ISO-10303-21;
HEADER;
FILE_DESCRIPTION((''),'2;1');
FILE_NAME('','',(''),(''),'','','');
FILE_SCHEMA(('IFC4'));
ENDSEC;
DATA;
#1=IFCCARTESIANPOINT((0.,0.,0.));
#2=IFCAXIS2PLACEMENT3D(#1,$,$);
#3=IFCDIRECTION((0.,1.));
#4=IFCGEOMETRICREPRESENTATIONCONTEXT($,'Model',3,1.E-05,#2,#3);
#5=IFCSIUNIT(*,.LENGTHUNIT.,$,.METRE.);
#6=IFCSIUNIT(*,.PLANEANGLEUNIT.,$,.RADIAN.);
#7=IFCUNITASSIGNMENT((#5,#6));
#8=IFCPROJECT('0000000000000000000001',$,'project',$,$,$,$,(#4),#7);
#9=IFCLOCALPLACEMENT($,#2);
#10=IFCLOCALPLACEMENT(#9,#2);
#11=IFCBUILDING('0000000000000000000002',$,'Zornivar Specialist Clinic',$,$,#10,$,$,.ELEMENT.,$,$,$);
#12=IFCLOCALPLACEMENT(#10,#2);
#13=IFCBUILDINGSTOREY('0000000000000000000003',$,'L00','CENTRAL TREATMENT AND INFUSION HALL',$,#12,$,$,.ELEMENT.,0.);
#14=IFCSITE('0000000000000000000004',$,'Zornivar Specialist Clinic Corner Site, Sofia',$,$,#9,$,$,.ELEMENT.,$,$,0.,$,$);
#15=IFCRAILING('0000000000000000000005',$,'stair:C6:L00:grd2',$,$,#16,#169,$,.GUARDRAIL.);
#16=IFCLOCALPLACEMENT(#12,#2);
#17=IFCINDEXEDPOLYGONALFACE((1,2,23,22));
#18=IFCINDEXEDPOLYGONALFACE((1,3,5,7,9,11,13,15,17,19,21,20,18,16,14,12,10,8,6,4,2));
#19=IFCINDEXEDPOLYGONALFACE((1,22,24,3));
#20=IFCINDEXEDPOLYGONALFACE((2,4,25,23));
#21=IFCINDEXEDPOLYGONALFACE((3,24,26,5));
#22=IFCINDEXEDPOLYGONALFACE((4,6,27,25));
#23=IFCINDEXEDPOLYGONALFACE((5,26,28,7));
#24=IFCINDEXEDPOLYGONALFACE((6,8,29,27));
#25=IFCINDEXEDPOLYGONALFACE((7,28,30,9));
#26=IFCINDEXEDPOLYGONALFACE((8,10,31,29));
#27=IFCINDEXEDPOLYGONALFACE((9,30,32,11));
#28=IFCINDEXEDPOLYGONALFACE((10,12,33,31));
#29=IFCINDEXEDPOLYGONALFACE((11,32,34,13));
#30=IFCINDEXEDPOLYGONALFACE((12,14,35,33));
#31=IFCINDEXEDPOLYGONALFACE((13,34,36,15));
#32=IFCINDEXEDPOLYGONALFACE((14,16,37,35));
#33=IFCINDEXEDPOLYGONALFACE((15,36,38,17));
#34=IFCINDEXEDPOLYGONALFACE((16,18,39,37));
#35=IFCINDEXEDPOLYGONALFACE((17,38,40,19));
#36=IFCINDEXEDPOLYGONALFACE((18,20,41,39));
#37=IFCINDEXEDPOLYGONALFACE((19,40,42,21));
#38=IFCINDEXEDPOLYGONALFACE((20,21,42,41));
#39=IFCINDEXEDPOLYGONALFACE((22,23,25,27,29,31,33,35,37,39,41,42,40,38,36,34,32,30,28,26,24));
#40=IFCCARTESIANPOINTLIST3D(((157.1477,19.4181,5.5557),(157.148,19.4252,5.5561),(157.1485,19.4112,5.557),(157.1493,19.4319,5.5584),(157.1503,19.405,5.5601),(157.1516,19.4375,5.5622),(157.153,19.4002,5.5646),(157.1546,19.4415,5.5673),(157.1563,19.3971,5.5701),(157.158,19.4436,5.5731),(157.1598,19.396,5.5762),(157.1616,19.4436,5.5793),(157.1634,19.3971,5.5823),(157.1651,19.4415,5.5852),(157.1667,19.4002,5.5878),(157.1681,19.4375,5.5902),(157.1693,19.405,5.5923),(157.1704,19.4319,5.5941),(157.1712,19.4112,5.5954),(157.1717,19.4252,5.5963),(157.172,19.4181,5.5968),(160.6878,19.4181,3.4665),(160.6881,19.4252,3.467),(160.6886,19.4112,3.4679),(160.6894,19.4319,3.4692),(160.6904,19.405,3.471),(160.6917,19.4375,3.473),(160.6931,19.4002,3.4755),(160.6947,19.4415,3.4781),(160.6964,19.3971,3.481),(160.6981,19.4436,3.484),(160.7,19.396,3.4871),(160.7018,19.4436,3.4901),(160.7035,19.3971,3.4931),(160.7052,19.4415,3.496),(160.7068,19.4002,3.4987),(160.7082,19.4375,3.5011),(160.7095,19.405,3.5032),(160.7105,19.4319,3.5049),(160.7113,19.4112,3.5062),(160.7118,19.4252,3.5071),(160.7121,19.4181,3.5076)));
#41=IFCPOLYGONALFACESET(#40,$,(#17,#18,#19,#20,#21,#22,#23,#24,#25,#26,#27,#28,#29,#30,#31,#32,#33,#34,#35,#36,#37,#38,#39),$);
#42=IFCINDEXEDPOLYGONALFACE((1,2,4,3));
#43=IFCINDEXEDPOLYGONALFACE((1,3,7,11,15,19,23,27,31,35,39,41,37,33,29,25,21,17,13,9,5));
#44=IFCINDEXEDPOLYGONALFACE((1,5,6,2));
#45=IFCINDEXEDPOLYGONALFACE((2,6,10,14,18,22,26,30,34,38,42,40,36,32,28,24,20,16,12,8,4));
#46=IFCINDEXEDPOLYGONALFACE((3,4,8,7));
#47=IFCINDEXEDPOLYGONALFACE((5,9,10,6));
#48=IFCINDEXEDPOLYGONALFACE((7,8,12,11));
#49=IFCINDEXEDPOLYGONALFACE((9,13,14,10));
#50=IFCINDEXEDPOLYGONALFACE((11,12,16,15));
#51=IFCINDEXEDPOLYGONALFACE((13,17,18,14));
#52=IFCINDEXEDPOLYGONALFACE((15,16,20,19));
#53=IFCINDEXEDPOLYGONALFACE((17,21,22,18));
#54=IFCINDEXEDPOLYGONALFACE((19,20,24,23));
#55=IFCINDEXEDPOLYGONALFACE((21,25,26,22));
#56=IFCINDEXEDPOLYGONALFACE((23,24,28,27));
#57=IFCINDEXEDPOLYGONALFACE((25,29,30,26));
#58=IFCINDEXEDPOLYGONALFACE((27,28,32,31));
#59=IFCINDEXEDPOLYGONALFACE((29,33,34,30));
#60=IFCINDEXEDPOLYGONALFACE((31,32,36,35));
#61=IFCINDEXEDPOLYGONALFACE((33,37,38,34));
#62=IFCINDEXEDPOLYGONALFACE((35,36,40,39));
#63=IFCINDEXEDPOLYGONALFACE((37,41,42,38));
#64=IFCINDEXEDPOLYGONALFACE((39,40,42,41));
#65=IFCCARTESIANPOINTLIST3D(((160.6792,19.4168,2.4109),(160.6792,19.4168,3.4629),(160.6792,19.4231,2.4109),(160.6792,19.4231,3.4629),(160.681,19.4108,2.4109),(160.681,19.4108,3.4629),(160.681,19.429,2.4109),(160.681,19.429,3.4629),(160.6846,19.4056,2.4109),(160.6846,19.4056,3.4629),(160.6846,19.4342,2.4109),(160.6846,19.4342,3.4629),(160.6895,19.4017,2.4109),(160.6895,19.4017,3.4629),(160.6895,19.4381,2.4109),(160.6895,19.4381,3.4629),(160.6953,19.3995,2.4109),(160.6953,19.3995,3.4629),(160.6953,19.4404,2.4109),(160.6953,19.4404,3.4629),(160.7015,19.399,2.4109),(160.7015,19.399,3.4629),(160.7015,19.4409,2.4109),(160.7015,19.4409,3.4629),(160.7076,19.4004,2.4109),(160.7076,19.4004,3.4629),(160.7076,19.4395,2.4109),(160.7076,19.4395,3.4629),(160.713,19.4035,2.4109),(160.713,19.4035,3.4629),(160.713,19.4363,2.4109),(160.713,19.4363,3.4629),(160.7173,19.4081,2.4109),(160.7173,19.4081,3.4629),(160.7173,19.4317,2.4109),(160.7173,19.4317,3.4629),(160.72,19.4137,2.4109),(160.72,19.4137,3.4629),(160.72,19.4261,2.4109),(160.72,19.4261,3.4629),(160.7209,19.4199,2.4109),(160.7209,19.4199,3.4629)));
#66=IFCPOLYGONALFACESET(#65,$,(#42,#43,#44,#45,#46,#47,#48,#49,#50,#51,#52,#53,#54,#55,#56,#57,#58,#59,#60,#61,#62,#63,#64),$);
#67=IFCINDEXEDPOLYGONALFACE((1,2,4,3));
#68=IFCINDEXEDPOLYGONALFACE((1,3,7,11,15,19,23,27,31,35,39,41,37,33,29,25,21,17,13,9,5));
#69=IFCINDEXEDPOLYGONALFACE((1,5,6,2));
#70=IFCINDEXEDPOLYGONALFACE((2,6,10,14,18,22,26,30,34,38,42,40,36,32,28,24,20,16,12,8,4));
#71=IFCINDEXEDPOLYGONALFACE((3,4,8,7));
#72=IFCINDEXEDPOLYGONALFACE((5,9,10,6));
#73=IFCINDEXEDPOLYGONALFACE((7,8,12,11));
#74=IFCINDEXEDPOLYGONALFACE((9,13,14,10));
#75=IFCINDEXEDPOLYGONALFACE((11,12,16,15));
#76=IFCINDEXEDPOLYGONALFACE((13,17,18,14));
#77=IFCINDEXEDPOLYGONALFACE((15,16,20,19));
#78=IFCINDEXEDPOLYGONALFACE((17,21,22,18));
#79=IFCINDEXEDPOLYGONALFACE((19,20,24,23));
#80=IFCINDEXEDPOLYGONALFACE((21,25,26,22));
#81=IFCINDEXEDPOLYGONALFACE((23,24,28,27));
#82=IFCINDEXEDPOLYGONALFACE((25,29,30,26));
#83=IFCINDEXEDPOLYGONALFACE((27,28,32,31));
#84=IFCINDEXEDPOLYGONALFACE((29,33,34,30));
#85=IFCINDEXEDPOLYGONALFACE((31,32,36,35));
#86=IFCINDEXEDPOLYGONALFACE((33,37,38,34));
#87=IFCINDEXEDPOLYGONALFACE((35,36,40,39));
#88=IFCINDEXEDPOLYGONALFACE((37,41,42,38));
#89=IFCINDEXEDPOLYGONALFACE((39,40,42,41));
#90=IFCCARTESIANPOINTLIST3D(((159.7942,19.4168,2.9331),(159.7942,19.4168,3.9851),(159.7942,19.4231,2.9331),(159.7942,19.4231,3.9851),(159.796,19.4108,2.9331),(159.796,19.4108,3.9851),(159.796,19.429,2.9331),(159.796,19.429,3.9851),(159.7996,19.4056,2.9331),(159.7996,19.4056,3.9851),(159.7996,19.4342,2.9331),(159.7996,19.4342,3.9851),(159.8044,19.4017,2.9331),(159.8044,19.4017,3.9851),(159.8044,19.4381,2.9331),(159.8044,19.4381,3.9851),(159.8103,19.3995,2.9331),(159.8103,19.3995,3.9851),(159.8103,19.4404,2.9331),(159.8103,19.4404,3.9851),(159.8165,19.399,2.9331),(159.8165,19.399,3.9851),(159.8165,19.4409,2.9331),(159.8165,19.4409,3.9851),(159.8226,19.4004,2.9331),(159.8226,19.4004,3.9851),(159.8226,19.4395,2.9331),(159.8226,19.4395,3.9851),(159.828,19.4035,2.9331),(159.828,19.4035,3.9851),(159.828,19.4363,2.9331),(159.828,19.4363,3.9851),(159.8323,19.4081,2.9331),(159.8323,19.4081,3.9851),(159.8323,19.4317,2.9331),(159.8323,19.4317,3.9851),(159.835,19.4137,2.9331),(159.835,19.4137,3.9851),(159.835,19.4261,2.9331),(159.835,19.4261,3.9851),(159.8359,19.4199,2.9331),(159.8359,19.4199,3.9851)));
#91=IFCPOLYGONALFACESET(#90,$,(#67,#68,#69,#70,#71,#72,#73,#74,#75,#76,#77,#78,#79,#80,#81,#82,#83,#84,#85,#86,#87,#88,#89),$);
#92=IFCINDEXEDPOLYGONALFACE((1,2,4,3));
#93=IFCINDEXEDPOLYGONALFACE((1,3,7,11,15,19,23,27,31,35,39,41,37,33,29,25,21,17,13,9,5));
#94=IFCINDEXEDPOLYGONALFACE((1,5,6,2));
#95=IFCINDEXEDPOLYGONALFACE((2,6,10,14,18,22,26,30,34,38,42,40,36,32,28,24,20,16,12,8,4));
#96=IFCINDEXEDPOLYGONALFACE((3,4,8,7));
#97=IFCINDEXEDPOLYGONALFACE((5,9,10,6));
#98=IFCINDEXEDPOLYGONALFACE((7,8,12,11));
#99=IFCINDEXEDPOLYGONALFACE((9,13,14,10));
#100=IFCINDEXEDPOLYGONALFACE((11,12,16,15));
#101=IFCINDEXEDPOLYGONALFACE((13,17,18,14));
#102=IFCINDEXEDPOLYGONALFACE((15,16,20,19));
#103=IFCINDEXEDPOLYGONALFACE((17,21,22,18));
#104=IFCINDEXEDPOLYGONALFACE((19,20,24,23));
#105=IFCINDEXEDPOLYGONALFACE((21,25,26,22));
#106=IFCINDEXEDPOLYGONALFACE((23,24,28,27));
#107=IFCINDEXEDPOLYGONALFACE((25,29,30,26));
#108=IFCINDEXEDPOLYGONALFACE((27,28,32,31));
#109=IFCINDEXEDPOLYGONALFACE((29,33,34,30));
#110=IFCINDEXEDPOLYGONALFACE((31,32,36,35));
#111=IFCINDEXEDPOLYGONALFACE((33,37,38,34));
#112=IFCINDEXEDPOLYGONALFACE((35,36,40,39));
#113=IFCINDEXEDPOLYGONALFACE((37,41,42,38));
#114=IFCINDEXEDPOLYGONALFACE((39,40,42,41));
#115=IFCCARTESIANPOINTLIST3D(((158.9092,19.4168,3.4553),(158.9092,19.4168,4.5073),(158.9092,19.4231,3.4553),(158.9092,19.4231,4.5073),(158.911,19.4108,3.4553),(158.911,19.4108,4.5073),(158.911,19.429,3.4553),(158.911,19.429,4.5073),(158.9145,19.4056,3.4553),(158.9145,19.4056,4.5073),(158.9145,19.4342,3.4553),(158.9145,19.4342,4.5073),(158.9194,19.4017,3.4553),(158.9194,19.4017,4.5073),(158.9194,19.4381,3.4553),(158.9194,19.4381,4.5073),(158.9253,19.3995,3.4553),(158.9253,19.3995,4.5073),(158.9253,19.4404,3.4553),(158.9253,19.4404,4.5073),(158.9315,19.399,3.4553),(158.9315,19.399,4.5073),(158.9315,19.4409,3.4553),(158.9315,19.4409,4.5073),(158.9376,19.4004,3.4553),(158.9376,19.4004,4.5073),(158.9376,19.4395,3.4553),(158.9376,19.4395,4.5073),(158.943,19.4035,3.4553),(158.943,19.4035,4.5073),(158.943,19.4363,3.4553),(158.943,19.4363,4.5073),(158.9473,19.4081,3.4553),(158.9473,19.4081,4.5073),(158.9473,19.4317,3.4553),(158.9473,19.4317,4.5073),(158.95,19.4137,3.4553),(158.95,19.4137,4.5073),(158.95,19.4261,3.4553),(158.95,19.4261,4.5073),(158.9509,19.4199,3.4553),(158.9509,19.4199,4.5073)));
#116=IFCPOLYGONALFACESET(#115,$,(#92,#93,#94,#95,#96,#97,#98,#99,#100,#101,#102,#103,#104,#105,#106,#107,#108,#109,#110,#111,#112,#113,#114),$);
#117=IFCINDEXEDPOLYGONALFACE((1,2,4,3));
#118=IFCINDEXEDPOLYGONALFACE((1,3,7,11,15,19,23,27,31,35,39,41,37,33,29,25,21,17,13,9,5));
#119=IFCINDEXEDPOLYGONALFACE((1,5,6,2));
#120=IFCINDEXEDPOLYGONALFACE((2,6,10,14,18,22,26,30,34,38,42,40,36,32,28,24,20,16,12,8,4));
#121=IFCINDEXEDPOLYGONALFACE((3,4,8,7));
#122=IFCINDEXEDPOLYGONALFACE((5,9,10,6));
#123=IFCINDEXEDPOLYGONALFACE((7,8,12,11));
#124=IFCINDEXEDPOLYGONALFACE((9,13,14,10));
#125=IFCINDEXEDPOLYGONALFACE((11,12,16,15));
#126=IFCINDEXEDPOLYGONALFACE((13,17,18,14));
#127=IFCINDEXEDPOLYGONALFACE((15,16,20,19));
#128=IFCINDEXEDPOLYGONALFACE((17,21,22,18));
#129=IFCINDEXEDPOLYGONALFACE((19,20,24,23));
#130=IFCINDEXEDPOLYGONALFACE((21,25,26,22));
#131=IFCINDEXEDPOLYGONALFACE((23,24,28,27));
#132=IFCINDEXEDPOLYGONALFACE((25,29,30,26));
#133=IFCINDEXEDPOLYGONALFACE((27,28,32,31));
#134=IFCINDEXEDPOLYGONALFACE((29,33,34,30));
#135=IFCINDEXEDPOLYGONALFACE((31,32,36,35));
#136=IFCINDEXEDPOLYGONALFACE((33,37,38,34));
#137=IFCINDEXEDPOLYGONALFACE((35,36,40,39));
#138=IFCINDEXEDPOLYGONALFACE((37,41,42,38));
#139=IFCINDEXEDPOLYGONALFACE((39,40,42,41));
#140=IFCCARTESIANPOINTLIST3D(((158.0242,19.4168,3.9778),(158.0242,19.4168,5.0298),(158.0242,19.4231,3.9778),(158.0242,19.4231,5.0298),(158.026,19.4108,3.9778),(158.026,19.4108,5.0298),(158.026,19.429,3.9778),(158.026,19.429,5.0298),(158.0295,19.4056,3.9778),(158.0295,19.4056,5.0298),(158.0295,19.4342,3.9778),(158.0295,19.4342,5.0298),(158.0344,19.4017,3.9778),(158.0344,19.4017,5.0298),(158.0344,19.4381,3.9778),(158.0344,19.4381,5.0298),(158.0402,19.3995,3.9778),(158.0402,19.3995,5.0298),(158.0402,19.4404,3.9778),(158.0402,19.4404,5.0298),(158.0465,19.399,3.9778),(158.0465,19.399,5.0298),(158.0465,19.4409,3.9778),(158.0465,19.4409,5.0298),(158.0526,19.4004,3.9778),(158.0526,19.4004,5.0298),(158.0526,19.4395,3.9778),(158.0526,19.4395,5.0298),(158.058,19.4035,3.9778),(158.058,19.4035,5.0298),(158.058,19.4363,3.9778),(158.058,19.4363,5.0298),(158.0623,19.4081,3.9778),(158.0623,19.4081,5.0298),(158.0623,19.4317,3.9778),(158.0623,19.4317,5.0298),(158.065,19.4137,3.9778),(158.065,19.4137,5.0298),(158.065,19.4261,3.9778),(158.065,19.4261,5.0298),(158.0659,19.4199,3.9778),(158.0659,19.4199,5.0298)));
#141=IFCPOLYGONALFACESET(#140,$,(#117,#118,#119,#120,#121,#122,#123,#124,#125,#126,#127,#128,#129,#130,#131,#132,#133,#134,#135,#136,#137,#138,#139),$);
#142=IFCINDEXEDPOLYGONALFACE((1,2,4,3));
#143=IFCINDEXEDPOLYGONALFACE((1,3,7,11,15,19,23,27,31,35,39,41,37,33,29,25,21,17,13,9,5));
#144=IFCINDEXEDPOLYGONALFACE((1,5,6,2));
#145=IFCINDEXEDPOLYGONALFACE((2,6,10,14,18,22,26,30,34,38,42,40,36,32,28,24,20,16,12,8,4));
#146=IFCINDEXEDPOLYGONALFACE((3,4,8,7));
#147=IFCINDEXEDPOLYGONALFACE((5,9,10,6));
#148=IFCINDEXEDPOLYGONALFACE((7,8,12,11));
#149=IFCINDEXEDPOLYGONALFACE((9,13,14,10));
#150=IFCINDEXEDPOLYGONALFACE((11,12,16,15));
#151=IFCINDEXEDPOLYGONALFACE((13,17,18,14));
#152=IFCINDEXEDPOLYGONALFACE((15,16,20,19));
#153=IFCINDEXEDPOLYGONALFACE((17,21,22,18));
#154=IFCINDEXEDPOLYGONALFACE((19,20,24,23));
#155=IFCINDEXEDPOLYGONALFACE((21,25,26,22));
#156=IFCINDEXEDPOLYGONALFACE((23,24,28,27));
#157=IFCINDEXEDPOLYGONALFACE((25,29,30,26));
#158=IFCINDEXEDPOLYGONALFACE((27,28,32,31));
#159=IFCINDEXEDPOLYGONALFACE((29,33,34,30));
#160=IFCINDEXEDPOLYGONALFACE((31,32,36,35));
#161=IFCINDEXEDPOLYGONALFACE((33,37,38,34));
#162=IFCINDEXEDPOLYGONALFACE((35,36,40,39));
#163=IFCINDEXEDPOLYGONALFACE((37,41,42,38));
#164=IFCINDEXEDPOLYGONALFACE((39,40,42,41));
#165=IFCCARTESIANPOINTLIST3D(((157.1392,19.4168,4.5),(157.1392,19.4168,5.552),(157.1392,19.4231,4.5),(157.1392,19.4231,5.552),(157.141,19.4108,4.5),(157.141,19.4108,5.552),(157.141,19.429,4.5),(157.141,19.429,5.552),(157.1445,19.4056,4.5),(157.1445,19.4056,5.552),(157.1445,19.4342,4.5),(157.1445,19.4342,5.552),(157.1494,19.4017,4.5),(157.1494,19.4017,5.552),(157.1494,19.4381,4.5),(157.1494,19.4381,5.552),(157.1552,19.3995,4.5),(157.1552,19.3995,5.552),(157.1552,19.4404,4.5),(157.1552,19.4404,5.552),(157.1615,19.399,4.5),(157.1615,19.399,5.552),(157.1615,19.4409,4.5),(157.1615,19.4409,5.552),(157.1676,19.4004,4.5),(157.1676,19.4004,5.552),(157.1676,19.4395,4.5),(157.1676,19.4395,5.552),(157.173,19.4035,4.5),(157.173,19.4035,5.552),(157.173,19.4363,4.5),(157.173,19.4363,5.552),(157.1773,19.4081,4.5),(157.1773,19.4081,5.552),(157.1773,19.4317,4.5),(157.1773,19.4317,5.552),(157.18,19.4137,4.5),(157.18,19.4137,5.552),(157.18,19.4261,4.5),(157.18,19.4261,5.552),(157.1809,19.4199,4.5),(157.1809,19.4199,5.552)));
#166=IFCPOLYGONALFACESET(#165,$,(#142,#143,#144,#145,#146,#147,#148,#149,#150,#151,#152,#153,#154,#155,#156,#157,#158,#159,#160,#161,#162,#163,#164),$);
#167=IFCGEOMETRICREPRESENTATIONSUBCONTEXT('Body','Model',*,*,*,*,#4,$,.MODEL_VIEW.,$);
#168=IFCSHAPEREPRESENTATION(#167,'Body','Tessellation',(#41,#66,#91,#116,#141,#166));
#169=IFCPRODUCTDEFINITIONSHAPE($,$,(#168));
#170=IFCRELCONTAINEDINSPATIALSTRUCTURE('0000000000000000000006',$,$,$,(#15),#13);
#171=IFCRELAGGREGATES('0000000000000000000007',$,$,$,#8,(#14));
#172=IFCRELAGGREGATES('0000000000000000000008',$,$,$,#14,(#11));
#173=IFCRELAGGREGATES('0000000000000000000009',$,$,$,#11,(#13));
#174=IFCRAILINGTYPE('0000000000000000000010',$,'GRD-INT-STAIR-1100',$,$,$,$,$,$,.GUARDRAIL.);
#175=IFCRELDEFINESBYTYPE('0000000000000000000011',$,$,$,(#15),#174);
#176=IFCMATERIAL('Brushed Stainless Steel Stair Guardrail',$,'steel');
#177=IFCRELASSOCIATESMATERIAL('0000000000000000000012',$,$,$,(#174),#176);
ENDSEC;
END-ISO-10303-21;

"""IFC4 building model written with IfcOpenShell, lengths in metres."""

from ifc_helpers import new_model, si_unit, direction, frame, origin, origin_2d, place, context, subcontext, project, spatial, circle, extrude, material, type_object, element, save


model = new_model("IFC4")

# Units and contexts
model_context = context("Model", 3, precision=1e-05, world=origin(), true_north=direction((0.0, 1.0)))
body_context = subcontext(model_context, "Body", "Model", "MODEL_VIEW")
ifc_project = project(units=[si_unit("LENGTHUNIT", "METRE"), si_unit("PLANEANGLEUNIT", "RADIAN")], contexts=[model_context])

# Site, building, storey
site_placement = place(None, origin())
site = spatial("IfcSite", under=ifc_project, at=site_placement, Name="Zornivar Specialist Clinic Corner Site, Sofia", CompositionType="ELEMENT", RefElevation=0.0)
building_placement = place(site_placement, origin())
building = spatial("IfcBuilding", under=site, at=building_placement, Name="Zornivar Specialist Clinic", CompositionType="ELEMENT")
storey_placement = place(building_placement, origin())
storey = spatial("IfcBuildingStorey", under=building, at=storey_placement, Name="L00", Description="CENTRAL TREATMENT AND INFUSION HALL", CompositionType="ELEMENT", Elevation=0.0)

# Railing
ifc_material_1 = material(Name="Brushed Stainless Steel Stair Guardrail", Category="steel")
railing_type_1 = type_object("IfcRailingType", Name="GRD-INT-STAIR-1100", PredefinedType="GUARDRAIL", material=ifc_material_1)
railing_1_placement = place(storey_placement, frame((160.7, 19.4199, 2.4109)))
element("IfcRailing", 1, at=railing_1_placement, inside=storey, type_object=railing_type_1, Name="stair:C6:L00:grd2", PredefinedType="GUARDRAIL", context=body_context, shape_type="SweptSolid", body=[
    extrude(circle(Radius=0.0239, at=origin_2d()), frame((0.0, 0.0, 1.0762), z_axis=(-0.861217, 0.0, 0.508237), x_axis=(0.0, -1.0, 0.0)), (0.0, 0.0, 1.0), 4.1106),
    extrude(circle(Radius=0.021, at=origin_2d()), origin(), (0.0, 0.0, 1.0), 1.052),
    extrude(circle(Radius=0.021, at=origin_2d()), frame((-0.885, 0.0, 0.5222)), (0.0, 0.0, 1.0), 1.052),
    extrude(circle(Radius=0.021, at=origin_2d()), frame((-1.77, 0.0, 1.0444)), (0.0, 0.0, 1.0), 1.052),
    extrude(circle(Radius=0.021, at=origin_2d()), frame((-2.655, 0.0, 1.5669)), (0.0, 0.0, 1.0), 1.052),
    extrude(circle(Radius=0.021, at=origin_2d()), frame((-3.54, 0.0, 2.0891)), (0.0, 0.0, 1.0), 1.052),
])

save(model, "model.ifc")
